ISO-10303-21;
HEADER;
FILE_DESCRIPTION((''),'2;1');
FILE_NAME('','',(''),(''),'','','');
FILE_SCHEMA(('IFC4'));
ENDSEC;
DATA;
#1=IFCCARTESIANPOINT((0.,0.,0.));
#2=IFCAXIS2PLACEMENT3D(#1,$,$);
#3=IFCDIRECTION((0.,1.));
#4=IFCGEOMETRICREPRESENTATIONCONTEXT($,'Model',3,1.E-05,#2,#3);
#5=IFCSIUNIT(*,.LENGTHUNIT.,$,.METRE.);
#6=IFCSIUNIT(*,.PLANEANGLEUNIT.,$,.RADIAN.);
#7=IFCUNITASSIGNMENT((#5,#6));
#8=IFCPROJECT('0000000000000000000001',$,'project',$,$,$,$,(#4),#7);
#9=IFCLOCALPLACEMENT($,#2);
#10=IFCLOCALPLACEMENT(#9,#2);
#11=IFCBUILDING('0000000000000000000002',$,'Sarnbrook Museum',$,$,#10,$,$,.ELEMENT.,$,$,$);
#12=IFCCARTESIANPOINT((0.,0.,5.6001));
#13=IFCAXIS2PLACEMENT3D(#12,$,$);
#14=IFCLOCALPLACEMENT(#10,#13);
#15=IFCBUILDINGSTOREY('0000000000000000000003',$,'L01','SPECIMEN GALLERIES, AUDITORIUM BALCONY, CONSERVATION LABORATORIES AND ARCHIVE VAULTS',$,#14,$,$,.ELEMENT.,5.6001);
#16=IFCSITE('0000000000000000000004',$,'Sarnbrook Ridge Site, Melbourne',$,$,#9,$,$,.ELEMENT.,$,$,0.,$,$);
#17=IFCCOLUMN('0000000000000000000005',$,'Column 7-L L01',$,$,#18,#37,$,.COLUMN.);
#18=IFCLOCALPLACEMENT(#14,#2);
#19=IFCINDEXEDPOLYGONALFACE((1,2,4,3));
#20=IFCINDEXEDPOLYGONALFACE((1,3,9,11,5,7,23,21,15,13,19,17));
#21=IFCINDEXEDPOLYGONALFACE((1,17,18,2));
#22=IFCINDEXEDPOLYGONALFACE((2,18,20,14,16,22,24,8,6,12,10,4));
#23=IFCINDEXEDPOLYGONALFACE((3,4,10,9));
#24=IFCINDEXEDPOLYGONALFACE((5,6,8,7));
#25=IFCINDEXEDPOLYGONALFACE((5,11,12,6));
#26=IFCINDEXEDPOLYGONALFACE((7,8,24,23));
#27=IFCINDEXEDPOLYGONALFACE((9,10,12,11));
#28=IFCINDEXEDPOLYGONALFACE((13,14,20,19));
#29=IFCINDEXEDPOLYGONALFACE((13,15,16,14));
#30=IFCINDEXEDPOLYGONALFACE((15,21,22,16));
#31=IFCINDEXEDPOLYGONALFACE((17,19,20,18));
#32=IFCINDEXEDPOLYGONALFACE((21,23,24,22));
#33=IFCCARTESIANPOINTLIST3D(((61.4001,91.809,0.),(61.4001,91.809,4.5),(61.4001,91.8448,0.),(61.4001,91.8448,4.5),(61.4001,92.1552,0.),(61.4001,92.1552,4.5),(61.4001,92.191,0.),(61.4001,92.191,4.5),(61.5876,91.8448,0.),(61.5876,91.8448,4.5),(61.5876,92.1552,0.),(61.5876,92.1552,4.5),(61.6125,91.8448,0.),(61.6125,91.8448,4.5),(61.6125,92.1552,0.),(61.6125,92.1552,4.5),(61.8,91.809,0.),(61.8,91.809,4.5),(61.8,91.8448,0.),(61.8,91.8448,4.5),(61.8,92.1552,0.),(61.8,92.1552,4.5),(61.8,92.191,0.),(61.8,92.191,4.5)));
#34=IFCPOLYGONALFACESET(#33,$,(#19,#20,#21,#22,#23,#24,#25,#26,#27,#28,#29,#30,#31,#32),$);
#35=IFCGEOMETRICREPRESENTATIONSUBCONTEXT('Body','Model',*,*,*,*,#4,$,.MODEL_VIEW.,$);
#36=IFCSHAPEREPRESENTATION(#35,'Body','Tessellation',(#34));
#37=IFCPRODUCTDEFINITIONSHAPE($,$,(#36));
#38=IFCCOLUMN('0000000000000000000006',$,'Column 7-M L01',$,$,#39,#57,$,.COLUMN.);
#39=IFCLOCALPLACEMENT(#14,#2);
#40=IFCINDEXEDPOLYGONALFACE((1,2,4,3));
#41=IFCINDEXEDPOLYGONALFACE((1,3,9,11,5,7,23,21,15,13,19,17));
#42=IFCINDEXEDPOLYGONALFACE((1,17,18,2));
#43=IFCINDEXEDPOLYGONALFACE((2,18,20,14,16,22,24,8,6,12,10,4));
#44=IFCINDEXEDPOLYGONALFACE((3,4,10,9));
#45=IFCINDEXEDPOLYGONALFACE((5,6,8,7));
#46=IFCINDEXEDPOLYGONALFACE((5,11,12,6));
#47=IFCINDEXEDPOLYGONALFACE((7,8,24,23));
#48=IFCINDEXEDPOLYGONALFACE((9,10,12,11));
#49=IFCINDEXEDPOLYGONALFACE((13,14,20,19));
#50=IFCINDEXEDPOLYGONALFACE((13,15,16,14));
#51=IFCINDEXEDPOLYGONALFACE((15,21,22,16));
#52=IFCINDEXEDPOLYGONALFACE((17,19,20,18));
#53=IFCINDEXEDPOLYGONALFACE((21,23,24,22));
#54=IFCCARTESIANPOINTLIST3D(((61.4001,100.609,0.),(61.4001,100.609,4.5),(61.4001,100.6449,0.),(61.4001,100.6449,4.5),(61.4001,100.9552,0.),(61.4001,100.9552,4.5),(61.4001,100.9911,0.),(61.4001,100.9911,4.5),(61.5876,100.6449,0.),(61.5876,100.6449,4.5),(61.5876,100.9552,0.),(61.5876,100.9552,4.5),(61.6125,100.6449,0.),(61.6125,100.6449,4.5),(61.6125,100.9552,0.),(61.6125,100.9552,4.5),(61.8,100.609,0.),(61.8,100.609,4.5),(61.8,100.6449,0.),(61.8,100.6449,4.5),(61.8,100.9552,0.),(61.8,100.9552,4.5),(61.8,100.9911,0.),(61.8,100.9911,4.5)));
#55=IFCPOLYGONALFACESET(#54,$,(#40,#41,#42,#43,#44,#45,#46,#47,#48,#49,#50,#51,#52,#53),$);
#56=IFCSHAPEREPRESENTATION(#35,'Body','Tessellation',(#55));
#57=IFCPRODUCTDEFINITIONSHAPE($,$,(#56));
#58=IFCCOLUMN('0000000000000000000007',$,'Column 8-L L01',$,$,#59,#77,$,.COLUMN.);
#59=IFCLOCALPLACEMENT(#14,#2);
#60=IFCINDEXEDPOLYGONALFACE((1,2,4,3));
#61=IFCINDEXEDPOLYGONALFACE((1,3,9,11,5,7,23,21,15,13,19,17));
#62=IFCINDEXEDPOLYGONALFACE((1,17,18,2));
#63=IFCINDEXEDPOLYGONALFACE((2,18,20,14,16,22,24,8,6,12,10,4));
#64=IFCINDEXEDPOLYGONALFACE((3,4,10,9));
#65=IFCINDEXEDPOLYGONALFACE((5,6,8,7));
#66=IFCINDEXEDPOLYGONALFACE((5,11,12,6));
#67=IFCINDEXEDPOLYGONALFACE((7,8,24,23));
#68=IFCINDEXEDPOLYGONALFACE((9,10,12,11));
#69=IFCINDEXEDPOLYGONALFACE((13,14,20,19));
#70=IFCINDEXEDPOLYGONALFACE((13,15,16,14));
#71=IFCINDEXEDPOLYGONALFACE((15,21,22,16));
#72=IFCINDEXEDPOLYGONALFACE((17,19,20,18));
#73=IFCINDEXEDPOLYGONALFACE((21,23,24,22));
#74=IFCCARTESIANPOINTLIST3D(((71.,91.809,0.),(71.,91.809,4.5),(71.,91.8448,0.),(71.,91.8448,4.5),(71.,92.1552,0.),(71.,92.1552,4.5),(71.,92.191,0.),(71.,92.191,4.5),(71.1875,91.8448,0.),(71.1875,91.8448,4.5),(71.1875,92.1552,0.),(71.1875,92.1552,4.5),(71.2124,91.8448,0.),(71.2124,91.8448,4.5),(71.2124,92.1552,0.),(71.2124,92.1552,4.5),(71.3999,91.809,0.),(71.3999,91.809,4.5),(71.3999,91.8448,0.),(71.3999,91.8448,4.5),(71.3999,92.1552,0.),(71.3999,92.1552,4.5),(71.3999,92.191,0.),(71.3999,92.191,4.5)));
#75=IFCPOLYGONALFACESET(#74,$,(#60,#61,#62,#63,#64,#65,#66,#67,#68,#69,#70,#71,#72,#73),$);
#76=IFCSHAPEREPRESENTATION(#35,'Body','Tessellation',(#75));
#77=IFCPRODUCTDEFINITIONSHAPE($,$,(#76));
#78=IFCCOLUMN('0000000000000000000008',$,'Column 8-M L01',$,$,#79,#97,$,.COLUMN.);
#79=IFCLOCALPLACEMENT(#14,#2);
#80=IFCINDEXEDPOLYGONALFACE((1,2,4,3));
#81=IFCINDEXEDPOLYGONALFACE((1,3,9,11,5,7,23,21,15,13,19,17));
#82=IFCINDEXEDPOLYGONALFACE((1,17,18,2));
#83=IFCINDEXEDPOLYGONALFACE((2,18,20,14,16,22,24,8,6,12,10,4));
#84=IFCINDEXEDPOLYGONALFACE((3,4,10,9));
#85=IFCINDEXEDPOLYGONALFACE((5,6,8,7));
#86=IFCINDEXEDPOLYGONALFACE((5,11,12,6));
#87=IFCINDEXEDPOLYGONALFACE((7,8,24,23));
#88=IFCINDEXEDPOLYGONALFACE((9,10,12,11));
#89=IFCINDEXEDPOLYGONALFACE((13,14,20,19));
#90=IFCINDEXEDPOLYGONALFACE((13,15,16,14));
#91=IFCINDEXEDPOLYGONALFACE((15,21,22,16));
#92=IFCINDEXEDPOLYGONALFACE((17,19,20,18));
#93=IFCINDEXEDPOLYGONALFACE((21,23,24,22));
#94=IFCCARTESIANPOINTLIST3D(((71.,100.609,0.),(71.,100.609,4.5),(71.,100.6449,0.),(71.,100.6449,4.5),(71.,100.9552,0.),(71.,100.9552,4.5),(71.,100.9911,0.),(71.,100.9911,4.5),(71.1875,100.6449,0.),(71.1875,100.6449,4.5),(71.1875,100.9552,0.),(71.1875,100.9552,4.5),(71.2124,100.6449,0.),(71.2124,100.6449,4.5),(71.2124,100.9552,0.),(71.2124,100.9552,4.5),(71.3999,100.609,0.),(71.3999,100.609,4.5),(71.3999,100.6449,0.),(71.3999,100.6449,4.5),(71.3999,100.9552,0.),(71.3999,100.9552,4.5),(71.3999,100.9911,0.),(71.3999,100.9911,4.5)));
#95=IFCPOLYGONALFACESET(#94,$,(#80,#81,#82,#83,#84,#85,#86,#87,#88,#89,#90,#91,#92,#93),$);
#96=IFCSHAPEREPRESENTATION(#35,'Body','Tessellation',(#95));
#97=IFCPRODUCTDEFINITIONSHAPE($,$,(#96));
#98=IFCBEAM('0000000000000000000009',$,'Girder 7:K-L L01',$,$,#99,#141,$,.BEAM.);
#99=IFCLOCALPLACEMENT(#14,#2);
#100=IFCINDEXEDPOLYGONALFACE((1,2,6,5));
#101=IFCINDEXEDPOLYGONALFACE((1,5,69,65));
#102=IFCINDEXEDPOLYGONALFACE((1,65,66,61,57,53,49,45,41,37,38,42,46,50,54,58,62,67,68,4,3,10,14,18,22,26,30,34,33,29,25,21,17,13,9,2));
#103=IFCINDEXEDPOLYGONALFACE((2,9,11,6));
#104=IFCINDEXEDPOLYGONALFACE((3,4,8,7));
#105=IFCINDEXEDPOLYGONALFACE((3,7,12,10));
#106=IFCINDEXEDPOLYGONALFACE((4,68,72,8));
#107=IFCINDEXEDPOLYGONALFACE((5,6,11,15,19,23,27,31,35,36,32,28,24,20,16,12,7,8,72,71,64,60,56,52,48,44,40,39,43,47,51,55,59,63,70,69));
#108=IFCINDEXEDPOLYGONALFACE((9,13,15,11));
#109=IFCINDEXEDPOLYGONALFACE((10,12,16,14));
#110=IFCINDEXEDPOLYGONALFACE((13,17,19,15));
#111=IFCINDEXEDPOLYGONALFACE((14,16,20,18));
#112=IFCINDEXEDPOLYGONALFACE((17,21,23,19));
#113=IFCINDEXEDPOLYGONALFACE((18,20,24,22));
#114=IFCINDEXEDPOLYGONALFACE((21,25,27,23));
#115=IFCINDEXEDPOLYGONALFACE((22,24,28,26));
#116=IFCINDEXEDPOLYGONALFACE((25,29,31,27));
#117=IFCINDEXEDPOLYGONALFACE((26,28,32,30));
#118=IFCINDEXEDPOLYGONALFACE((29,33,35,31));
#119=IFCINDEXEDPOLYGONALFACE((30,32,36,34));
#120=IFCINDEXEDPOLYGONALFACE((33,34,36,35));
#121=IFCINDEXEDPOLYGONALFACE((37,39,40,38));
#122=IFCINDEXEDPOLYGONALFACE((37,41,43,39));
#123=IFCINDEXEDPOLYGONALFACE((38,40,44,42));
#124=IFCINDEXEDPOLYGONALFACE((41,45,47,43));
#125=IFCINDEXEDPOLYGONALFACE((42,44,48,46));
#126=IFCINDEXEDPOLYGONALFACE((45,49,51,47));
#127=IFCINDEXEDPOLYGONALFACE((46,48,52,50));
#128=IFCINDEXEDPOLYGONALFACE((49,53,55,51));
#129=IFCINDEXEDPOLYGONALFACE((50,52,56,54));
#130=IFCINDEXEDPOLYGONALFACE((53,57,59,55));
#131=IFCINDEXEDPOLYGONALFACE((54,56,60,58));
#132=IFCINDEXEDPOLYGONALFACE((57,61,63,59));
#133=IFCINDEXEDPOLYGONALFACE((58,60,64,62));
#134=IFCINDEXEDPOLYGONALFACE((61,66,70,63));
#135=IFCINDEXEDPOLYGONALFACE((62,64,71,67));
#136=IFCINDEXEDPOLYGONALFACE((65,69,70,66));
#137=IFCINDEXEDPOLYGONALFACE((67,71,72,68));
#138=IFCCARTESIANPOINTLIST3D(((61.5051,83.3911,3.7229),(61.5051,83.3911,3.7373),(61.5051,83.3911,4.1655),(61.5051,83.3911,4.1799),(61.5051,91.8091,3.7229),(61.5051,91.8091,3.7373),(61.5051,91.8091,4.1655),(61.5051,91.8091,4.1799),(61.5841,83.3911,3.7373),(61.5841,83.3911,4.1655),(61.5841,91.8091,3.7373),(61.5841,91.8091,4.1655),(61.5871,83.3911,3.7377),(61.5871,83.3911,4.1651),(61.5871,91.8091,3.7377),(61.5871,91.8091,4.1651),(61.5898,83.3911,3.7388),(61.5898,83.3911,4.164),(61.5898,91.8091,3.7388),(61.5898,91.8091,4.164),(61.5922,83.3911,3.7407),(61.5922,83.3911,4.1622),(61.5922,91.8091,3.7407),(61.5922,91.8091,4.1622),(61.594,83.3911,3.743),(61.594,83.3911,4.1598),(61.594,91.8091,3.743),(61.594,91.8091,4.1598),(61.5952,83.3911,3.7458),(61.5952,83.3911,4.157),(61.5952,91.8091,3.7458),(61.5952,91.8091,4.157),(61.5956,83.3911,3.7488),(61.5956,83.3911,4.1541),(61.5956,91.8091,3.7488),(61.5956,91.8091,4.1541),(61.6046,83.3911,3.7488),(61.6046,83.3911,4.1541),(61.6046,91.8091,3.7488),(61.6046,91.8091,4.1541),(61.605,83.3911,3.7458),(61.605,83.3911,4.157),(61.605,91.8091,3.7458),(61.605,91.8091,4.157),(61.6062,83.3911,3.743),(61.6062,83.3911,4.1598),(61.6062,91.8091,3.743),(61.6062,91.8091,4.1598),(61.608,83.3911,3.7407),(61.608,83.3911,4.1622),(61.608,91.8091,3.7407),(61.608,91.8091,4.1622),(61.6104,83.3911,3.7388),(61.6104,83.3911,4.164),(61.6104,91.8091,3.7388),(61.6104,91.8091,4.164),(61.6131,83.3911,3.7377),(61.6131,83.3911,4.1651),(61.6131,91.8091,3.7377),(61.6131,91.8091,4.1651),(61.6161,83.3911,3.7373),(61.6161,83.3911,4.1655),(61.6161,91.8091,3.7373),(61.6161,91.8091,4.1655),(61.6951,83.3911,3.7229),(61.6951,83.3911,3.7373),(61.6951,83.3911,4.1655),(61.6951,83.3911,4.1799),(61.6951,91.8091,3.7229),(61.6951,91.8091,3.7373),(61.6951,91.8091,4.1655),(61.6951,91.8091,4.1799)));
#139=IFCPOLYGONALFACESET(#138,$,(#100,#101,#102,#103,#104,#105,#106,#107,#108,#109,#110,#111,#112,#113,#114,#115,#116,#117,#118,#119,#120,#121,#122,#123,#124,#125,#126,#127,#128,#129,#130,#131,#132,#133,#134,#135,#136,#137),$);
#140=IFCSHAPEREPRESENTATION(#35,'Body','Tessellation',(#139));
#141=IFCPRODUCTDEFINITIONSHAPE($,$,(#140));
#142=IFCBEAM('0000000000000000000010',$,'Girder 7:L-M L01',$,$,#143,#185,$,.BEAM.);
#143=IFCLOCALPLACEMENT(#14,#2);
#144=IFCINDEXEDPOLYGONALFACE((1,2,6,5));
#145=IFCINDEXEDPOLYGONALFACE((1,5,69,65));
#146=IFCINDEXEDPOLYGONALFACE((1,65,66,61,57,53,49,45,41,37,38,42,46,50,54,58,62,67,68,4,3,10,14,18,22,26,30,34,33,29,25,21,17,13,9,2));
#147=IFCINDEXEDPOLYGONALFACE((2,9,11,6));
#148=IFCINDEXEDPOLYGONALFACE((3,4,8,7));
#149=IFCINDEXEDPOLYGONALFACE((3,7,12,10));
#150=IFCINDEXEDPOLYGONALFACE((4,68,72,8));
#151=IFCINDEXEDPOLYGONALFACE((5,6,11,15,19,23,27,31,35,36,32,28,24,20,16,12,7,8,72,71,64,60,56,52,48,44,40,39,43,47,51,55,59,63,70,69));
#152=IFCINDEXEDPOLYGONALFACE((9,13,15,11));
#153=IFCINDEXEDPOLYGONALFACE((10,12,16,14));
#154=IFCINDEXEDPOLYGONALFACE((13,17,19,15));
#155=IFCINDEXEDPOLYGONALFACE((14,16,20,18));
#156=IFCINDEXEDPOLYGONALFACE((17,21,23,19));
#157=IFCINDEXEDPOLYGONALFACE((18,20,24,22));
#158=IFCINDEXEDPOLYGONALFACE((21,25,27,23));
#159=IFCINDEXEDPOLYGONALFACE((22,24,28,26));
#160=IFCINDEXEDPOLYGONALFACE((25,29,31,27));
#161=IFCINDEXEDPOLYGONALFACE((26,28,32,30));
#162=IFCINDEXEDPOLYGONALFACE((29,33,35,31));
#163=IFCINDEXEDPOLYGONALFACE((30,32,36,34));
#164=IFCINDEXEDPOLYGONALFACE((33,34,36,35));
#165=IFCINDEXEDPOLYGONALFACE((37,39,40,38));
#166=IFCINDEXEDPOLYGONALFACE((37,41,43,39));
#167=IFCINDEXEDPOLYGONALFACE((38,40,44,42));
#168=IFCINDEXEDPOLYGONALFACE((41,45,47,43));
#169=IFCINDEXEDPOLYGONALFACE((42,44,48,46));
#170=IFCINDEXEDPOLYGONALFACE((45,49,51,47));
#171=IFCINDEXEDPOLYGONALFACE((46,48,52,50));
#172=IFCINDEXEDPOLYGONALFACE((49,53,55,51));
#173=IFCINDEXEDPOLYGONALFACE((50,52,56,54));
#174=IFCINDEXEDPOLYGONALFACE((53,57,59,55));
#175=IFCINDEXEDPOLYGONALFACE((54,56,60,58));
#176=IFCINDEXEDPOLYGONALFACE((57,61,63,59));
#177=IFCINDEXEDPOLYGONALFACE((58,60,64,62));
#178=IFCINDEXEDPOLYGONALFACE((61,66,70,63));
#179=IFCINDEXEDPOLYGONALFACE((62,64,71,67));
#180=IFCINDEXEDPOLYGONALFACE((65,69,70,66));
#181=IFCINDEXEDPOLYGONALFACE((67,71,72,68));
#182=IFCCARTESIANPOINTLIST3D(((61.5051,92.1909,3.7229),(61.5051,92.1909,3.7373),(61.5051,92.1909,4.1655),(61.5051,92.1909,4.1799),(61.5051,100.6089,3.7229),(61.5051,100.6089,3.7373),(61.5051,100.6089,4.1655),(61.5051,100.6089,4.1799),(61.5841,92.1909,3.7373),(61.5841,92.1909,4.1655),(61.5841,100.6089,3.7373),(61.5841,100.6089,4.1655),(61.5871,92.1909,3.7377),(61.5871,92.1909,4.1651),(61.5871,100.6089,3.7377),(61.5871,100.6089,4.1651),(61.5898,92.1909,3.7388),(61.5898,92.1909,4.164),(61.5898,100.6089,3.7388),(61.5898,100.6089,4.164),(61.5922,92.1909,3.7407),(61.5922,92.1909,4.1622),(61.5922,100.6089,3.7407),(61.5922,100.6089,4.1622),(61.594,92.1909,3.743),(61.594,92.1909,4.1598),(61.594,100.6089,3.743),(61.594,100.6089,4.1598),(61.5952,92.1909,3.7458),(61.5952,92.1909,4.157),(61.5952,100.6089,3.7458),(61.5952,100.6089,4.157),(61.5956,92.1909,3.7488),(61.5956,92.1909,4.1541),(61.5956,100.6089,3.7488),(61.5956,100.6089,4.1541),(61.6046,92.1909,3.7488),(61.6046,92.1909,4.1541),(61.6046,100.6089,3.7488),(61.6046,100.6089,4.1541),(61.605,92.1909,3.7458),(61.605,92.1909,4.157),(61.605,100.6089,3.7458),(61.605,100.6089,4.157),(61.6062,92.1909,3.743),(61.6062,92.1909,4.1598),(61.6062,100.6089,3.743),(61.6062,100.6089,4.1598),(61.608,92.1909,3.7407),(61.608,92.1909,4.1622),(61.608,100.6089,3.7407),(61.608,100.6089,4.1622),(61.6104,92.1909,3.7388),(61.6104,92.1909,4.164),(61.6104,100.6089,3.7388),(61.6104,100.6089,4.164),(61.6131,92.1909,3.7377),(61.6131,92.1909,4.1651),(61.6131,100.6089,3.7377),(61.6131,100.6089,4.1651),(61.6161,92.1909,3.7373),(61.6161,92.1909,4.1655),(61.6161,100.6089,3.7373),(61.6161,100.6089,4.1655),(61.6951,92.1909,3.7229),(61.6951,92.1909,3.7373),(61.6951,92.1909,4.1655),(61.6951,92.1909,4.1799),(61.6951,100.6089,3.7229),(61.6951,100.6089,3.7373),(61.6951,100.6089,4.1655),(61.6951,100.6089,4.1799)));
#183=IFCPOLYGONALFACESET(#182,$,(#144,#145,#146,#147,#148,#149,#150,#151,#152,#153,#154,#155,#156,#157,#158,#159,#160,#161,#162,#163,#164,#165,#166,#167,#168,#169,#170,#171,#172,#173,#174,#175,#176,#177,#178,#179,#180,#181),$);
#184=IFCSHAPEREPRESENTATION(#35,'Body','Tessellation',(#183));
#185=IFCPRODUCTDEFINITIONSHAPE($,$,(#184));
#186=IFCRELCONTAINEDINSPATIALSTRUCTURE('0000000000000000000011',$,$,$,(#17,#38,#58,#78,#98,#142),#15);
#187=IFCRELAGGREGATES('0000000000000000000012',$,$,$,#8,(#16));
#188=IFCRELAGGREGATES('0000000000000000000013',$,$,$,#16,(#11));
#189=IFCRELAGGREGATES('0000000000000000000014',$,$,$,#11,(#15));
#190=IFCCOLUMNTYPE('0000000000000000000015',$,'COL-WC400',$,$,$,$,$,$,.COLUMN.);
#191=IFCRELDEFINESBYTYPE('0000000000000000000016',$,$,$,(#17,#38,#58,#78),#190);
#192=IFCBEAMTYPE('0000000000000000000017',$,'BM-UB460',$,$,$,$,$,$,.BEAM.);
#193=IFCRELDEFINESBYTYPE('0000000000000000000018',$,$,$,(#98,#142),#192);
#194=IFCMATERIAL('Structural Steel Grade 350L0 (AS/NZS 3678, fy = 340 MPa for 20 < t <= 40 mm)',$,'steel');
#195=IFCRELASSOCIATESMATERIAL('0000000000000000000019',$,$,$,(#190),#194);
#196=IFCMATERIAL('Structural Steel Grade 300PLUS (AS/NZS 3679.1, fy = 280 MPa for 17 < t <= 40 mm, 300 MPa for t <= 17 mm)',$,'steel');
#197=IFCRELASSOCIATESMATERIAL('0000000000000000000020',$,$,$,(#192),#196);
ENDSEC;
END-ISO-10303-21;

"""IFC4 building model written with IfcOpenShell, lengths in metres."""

from ifc_helpers import new_model, si_unit, direction, frame, origin, origin_2d, place, context, subcontext, project, spatial, i_section, extrude, material, material_profile, profile_set, type_object, element, save


model = new_model("IFC4")

# Units and contexts
model_context = context("Model", 3, precision=1e-05, world=origin(), true_north=direction((0.0, 1.0)))
body_context = subcontext(model_context, "Body", "Model", "MODEL_VIEW")
ifc_project = project(units=[si_unit("LENGTHUNIT", "METRE"), si_unit("PLANEANGLEUNIT", "RADIAN")], contexts=[model_context])

# Site, building, storey
site_placement = place(None, origin())
site = spatial("IfcSite", under=ifc_project, at=site_placement, Name="Sarnbrook Ridge Site, Melbourne", CompositionType="ELEMENT", RefElevation=0.0)
building_placement = place(site_placement, origin())
building = spatial("IfcBuilding", under=site, at=building_placement, Name="Sarnbrook Museum", CompositionType="ELEMENT")
storey_placement = place(building_placement, frame((0.0, 0.0, 5.6001)))
storey = spatial("IfcBuildingStorey", under=building, at=storey_placement, Name="L01", Description="SPECIMEN GALLERIES, AUDITORIUM BALCONY, CONSERVATION LABORATORIES AND ARCHIVE VAULTS", CompositionType="ELEMENT", Elevation=5.6001)

# Columns
ifc_material_1 = material(Name="Structural Steel Grade 350L0 (AS/NZS 3678, fy = 340 MPa for 20 < t <= 40 mm)", Category="steel")
ifc_material_profile_1 = material_profile(ifc_material_1, i_section(OverallWidth=0.3999, OverallDepth=0.3821, WebThickness=0.0249, FlangeThickness=0.0359, at=origin_2d()), Name="400WC270")
ifc_profile_set_1 = profile_set([ifc_material_profile_1], Name="Structural Steel Grade 350L0 (AS/NZS 3678, fy = 340 MPa for 20 < t <= 40 mm)")
column_type = type_object("IfcColumnType", Name="COL-WC400", PredefinedType="COLUMN", material=ifc_profile_set_1)
for number, where, z_axis, x_axis, name in (
    (1, (61.6001, 92.0, 0.0), (0.0, 0.0, 1.0), (1.0, 0.0, 0.0), "Column 7-L L01"),
    (2, (61.6001, 100.8, 0.0), (0.0, 0.0, 1.0), (1.0, 0.0, 0.0), "Column 7-M L01"),
    (3, (71.2, 92.0, 0.0), (0.0, 0.0, 1.0), (1.0, 0.0, 0.0), "Column 8-L L01"),
    (4, (71.2, 100.8, 0.0), (0.0, 0.0, 1.0), (1.0, 0.0, 0.0), "Column 8-M L01"),
):
    element("IfcColumn", number, at=place(storey_placement, frame(where, z_axis=z_axis, x_axis=x_axis)), inside=storey, type_object=column_type, Name=name, PredefinedType="COLUMN", context=body_context, shape_type="SweptSolid", body=[
        extrude(i_section(OverallWidth=0.3999, OverallDepth=0.3821, WebThickness=0.0249, FlangeThickness=0.0359, at=origin_2d()), origin(), (0.0, 0.0, 1.0), 4.5),
    ])

# Beams
ifc_material_2 = material(Name="Structural Steel Grade 300PLUS (AS/NZS 3679.1, fy = 280 MPa for 17 < t <= 40 mm, 300 MPa for t <= 17 mm)", Category="steel")
ifc_material_profile_2 = material_profile(ifc_material_2, i_section(OverallWidth=0.1899, OverallDepth=0.457, WebThickness=0.009, FlangeThickness=0.0144, FilletRadius=0.0115, at=origin_2d()), Name="460UB74.6")
ifc_profile_set_2 = profile_set([ifc_material_profile_2], Name="Structural Steel Grade 300PLUS (AS/NZS 3679.1, fy = 280 MPa for 17 < t <= 40 mm, 300 MPa for t <= 17 mm)")
beam_type_1 = type_object("IfcBeamType", Name="BM-UB460", PredefinedType="BEAM", material=ifc_profile_set_2)
for number, where, z_axis, x_axis, name in (
    (5, (61.6001, 83.3911, 3.9514), (0.0, 1.0, 0.0), (-1.0, 0.0, 0.0), "Girder 7:K-L L01"),
    (6, (61.6001, 92.1909, 3.9514), (0.0, 1.0, 0.0), (-1.0, 0.0, 0.0), "Girder 7:L-M L01"),
):
    element("IfcBeam", number, at=place(storey_placement, frame(where, z_axis=z_axis, x_axis=x_axis)), inside=storey, type_object=beam_type_1, Name=name, PredefinedType="BEAM", context=body_context, shape_type="SweptSolid", body=[
        extrude(i_section(OverallWidth=0.1899, OverallDepth=0.457, WebThickness=0.009, FlangeThickness=0.0144, FilletRadius=0.0115, at=origin_2d()), origin(), (0.0, 0.0, 1.0), 8.418),
    ])

save(model, "model.ifc")
